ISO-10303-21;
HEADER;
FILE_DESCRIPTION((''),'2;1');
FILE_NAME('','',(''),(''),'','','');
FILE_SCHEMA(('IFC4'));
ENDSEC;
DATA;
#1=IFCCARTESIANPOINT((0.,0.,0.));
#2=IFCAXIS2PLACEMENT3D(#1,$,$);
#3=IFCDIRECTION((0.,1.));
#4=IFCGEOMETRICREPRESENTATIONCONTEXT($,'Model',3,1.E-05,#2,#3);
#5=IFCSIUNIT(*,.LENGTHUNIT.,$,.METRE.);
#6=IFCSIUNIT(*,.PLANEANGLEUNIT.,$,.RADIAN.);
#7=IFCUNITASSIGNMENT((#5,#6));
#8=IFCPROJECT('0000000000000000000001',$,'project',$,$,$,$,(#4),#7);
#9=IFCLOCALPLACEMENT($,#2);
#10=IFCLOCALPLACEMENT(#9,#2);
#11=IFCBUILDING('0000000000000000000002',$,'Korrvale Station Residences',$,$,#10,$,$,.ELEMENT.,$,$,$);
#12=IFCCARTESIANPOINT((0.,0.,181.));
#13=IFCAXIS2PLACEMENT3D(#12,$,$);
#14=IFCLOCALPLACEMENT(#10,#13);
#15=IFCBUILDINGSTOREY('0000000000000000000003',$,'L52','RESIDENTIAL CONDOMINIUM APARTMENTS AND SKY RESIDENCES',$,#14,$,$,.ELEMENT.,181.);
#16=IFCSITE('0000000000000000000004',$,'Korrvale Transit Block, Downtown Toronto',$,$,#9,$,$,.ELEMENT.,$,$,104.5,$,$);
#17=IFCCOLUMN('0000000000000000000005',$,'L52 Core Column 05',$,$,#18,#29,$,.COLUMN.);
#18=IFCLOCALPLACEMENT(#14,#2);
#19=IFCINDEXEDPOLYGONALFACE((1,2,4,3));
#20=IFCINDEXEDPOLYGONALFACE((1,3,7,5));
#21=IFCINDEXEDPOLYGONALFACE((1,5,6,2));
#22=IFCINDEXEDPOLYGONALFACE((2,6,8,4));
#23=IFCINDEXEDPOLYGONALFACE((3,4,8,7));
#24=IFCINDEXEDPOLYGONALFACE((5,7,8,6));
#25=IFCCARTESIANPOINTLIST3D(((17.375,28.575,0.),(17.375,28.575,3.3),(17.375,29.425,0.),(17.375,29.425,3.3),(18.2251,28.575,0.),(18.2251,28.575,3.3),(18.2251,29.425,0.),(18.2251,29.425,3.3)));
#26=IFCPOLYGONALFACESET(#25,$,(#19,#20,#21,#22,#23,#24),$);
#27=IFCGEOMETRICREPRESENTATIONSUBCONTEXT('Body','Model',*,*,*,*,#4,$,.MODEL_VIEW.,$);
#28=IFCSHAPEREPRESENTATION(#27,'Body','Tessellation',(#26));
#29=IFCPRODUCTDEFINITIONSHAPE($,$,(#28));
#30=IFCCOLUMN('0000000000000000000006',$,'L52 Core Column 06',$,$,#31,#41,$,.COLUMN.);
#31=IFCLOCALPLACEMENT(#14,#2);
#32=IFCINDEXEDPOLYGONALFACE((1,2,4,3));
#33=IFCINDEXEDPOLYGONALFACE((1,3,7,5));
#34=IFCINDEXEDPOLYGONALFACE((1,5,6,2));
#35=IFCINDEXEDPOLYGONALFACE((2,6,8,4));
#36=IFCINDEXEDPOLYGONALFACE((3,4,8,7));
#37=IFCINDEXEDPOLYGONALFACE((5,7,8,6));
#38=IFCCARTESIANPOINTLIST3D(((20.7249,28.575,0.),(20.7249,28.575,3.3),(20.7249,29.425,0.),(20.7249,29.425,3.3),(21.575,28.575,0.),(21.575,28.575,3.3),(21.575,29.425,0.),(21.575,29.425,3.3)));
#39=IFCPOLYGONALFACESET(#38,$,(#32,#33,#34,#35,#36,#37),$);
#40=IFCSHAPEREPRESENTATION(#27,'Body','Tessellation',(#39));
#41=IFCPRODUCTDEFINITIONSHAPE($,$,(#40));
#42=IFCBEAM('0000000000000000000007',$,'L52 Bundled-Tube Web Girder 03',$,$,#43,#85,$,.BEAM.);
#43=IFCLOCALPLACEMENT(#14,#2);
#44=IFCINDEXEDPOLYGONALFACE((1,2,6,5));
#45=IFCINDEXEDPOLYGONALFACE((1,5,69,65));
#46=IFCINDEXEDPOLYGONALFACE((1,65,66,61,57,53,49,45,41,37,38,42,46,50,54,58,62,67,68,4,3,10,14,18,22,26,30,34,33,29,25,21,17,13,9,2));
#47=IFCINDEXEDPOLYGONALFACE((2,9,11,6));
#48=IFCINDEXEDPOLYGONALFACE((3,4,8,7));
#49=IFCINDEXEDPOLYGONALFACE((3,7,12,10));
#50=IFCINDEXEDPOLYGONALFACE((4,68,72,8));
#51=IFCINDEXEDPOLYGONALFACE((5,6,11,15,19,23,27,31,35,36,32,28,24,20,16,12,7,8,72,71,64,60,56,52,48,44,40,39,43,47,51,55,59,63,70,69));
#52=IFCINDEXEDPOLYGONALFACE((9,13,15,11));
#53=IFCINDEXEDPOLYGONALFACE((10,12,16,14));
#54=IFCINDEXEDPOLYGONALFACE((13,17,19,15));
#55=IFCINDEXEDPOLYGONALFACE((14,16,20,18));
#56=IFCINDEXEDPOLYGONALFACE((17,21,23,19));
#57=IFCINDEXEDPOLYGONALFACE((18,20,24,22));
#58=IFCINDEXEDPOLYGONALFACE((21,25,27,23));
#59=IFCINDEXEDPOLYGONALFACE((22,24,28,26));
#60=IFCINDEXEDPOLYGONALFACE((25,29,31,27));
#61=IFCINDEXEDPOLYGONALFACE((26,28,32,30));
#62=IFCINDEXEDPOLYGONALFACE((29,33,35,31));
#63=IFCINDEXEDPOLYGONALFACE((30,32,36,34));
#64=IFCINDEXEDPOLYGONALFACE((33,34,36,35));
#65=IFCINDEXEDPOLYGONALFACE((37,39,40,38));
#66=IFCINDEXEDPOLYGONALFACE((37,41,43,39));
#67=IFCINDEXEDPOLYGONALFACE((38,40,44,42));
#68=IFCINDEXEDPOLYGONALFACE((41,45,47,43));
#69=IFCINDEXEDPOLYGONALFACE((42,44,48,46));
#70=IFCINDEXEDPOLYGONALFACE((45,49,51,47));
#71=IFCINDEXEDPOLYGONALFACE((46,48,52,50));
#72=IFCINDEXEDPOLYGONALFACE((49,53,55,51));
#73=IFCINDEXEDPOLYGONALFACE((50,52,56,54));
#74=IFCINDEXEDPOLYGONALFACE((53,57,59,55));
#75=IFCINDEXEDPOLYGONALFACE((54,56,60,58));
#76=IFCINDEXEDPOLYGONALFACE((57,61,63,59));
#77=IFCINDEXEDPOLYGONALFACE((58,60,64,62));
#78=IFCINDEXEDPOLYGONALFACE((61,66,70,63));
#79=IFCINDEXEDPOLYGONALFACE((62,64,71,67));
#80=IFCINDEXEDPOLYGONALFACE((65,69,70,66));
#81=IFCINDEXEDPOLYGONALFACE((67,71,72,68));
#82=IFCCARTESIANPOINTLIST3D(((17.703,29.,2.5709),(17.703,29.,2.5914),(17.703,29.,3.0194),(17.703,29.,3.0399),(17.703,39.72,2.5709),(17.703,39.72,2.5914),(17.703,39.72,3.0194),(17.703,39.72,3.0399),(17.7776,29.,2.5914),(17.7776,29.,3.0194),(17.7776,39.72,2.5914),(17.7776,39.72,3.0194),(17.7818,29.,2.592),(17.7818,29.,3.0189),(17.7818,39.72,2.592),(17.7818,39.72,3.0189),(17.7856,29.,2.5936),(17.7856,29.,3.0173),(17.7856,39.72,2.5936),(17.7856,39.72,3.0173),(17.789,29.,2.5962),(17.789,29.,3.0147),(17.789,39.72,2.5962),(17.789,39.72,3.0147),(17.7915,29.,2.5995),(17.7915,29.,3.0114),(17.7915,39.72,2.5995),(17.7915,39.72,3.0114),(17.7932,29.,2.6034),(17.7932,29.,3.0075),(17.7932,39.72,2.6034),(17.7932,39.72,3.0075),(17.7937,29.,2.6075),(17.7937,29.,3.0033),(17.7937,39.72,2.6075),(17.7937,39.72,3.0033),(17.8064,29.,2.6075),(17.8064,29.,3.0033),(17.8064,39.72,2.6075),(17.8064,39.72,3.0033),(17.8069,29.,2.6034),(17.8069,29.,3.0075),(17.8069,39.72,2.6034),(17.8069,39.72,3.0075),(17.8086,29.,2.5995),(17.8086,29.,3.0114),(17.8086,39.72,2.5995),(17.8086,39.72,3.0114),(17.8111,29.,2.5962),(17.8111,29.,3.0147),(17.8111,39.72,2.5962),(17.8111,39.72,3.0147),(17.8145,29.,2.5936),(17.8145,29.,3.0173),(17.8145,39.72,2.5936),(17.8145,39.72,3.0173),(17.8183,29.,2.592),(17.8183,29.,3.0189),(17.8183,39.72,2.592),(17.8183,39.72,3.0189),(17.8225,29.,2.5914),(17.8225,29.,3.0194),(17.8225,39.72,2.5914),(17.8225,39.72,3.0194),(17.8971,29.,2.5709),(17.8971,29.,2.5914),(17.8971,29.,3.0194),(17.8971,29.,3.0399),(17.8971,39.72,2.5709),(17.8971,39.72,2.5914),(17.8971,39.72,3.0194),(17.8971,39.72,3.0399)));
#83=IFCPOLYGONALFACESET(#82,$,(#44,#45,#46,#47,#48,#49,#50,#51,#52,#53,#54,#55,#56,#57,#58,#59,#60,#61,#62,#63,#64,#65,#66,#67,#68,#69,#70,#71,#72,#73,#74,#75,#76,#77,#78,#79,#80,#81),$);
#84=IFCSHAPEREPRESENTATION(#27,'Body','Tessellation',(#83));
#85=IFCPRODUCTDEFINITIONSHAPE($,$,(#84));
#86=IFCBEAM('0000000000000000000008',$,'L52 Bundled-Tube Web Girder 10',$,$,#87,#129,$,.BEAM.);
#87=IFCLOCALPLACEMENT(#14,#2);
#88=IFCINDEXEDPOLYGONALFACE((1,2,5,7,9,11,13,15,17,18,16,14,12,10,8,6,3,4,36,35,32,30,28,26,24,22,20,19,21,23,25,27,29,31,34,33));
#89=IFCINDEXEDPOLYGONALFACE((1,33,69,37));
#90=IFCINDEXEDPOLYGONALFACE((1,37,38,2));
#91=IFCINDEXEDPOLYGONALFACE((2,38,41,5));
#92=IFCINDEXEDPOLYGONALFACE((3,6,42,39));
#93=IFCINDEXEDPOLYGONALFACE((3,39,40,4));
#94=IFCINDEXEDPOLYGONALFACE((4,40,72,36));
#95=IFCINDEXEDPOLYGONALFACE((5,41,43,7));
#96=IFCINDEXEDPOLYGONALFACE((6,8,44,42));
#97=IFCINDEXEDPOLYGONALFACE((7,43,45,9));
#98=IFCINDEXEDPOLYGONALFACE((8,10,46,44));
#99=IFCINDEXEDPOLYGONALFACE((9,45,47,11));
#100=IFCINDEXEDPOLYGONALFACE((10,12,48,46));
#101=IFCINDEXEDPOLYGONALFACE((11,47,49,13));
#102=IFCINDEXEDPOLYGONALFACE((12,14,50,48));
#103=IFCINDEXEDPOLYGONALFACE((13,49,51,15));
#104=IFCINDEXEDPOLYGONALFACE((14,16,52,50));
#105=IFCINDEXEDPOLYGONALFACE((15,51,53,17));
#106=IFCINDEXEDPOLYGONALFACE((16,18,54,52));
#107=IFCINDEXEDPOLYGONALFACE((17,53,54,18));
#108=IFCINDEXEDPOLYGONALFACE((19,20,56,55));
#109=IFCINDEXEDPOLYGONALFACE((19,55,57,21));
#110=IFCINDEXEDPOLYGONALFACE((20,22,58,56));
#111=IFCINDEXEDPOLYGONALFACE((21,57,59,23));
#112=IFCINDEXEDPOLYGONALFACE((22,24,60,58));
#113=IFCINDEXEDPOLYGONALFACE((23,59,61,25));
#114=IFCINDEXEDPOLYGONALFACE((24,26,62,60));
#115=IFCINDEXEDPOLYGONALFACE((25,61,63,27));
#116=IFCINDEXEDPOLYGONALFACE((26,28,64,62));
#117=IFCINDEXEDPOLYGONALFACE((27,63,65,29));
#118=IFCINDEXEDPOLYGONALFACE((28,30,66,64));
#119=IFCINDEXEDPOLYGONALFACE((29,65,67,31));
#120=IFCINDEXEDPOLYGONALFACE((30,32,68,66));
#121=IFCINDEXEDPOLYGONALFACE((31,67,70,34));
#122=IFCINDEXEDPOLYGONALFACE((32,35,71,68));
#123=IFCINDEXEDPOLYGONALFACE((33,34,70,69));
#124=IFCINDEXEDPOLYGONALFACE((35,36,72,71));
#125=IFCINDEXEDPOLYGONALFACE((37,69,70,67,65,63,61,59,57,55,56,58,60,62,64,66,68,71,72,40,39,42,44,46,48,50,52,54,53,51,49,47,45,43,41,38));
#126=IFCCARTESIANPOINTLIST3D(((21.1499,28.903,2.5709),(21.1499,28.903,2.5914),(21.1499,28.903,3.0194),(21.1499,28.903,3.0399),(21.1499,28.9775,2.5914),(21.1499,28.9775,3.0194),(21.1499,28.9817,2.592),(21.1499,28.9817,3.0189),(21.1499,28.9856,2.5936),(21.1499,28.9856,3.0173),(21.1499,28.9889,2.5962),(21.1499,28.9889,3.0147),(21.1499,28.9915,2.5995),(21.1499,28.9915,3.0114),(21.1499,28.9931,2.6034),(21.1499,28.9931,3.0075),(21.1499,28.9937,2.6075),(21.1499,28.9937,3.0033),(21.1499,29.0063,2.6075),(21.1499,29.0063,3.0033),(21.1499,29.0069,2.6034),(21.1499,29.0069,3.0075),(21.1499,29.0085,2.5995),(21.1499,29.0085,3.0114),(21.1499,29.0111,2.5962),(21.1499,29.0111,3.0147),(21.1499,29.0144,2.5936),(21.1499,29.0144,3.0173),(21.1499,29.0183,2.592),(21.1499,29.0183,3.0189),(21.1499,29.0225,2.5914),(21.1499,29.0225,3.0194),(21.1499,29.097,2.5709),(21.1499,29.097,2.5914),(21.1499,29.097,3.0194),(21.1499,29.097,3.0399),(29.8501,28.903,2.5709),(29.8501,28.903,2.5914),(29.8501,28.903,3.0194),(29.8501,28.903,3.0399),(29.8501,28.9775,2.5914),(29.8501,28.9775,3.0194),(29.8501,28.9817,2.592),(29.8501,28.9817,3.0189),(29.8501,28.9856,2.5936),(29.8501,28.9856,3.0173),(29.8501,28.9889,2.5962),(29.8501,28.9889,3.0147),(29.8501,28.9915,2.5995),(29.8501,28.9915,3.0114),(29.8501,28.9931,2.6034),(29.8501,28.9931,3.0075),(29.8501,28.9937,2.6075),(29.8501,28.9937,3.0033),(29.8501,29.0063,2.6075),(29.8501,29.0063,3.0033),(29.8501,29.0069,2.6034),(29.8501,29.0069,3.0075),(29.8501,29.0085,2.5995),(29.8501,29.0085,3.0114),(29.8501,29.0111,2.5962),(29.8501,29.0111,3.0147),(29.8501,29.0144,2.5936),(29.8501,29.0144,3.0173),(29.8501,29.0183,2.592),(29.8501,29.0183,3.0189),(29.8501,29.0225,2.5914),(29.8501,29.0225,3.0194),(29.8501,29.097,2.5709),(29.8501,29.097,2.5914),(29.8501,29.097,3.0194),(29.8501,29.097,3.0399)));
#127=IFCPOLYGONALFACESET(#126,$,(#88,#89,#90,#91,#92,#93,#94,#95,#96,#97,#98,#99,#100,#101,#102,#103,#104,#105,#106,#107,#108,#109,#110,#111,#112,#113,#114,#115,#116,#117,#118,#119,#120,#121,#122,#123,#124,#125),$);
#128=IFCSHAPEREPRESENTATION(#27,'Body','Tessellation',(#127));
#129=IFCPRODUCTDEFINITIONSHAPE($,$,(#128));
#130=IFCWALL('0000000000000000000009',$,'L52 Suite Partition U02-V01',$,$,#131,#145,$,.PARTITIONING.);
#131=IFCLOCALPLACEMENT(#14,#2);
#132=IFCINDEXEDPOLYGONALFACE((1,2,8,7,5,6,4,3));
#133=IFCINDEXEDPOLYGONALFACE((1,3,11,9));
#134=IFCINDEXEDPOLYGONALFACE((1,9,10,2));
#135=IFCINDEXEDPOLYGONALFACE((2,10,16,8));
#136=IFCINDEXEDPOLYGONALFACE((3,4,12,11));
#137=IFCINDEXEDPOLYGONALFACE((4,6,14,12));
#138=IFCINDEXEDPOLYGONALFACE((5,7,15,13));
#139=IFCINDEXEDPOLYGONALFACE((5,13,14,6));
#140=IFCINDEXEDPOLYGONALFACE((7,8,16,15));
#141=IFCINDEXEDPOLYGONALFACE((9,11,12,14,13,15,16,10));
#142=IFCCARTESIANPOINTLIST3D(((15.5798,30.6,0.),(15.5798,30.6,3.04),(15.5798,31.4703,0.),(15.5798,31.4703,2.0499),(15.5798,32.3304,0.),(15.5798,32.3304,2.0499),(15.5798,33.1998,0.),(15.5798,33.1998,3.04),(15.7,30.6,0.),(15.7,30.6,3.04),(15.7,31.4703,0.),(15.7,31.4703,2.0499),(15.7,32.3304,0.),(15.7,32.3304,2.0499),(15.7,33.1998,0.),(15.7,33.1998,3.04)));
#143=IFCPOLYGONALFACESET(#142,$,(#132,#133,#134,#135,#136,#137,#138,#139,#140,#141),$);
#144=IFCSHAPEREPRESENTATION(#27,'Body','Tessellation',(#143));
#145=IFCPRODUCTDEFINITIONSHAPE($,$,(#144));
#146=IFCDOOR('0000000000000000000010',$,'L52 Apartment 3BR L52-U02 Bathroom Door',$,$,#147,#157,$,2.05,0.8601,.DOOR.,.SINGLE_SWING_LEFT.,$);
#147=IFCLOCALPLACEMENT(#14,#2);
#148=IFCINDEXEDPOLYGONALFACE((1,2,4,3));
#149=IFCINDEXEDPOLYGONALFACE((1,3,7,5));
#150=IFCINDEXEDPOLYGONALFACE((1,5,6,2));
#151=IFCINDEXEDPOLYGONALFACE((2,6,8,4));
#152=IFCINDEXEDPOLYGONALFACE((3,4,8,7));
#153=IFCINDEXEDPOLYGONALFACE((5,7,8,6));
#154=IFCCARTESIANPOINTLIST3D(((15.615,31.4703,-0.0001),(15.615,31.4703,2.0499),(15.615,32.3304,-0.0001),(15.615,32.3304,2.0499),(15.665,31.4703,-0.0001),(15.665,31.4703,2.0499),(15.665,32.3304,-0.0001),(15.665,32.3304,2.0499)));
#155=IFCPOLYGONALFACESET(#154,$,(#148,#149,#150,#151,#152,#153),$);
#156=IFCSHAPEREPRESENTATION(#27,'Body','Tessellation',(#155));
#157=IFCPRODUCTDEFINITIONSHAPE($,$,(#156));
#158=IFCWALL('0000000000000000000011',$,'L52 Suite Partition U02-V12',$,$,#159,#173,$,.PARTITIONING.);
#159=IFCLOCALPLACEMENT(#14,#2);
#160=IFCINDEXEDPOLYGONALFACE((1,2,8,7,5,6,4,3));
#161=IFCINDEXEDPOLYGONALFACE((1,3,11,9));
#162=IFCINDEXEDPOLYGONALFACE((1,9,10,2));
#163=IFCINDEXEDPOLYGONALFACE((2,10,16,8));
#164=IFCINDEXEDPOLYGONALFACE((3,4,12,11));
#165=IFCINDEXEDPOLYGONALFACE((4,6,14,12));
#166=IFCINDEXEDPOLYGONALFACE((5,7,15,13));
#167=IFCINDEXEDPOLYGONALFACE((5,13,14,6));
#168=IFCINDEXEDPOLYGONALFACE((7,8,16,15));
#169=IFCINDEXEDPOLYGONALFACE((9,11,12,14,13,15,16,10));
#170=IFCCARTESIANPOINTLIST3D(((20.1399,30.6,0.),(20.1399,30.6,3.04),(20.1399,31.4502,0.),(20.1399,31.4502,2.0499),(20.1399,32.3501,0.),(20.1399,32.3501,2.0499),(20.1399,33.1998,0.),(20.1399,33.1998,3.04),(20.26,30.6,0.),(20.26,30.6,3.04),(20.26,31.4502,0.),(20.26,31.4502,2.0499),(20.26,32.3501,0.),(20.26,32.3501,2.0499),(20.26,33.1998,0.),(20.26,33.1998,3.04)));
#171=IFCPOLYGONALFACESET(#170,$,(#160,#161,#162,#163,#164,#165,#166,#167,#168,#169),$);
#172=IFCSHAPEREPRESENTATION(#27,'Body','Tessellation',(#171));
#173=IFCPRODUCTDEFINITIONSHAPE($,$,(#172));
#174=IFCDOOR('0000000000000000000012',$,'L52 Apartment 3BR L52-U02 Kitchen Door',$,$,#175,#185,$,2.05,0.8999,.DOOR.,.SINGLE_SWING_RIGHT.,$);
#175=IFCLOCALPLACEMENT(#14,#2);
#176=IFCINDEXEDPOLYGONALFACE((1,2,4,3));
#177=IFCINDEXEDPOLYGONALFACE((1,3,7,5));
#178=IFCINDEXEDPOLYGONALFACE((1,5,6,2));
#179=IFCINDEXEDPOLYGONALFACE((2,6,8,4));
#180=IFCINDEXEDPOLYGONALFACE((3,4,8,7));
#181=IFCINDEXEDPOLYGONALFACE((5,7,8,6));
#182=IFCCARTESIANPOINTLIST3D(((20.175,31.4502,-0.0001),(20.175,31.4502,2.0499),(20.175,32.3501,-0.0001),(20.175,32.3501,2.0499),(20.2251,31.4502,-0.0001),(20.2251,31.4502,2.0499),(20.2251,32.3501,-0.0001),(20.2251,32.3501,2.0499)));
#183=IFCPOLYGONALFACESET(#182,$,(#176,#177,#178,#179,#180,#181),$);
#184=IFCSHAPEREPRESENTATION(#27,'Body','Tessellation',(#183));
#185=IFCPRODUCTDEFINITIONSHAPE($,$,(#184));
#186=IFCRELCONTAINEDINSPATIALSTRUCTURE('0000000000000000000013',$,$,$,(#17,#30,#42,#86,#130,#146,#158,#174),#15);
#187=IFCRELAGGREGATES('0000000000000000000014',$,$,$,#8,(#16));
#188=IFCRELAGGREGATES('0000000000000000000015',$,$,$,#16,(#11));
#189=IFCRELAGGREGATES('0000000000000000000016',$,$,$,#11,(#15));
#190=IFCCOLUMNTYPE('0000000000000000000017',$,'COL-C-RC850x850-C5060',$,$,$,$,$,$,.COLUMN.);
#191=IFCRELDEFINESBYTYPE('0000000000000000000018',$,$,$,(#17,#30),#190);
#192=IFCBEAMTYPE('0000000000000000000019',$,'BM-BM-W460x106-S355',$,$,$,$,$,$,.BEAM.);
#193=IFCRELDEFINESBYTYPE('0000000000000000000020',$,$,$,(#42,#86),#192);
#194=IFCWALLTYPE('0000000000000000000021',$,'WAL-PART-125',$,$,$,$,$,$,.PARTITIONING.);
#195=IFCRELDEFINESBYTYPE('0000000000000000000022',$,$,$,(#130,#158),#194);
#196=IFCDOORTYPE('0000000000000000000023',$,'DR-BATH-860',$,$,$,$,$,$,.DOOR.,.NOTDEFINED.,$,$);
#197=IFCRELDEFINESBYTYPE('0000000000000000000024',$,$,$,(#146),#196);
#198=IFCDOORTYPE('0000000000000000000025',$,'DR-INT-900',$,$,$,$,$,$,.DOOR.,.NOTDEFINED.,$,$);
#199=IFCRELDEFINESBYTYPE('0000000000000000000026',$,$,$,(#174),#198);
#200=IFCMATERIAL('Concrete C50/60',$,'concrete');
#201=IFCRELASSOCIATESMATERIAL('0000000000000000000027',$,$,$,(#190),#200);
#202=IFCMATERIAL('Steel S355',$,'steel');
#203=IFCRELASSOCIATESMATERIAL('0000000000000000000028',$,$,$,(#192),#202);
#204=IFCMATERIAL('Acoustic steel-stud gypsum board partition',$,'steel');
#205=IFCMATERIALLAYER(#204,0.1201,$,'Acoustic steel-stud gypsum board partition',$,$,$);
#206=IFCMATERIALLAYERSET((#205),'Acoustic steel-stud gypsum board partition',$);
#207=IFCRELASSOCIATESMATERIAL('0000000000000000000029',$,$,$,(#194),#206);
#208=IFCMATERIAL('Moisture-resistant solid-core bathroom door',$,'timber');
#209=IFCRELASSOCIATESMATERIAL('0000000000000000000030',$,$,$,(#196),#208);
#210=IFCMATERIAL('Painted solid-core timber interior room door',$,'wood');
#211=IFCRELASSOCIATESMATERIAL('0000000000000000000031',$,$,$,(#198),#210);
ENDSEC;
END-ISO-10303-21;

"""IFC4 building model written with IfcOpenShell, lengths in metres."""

from ifc_helpers import new_model, si_unit, direction, frame, frame_2d, origin, origin_2d, place, context, subcontext, project, spatial, rectangle, i_section, extrude, material, layer, layer_set, material_profile, profile_set, type_object, element, fill, save


model = new_model("IFC4")

# Units and contexts
model_context = context("Model", 3, precision=1e-05, world=origin(), true_north=direction((0.0, 1.0)))
body_context = subcontext(model_context, "Body", "Model", "MODEL_VIEW")
ifc_project = project(units=[si_unit("LENGTHUNIT", "METRE"), si_unit("PLANEANGLEUNIT", "RADIAN")], contexts=[model_context])

# Site, building, storey
site_placement = place(None, origin())
site = spatial("IfcSite", under=ifc_project, at=site_placement, Name="Korrvale Transit Block, Downtown Toronto", CompositionType="ELEMENT", RefElevation=104.5)
building_placement = place(site_placement, origin())
building = spatial("IfcBuilding", under=site, at=building_placement, Name="Korrvale Station Residences", CompositionType="ELEMENT")
storey_placement = place(building_placement, frame((0.0, 0.0, 181.0)))
storey = spatial("IfcBuildingStorey", under=building, at=storey_placement, Name="L52", Description="RESIDENTIAL CONDOMINIUM APARTMENTS AND SKY RESIDENCES", CompositionType="ELEMENT", Elevation=181.0)

# Columns
ifc_material_1 = material(Name="Concrete C50/60", Category="concrete")
ifc_material_profile_1 = material_profile(ifc_material_1, rectangle(XDim=0.8501, YDim=0.8501, at=origin_2d()), Name="RC850x850")
ifc_profile_set_1 = profile_set([ifc_material_profile_1], Name="Concrete C50/60")
column_type = type_object("IfcColumnType", Name="COL-C-RC850x850-C5060", PredefinedType="COLUMN", material=ifc_profile_set_1)
for number, where, z_axis, x_axis, name in (
    (1, (17.8, 29.0, 0.0), (0.0, 0.0, 1.0), (1.0, 0.0, 0.0), "L52 Core Column 05"),
    (2, (21.1499, 29.0, 0.0), (0.0, 0.0, 1.0), (1.0, 0.0, 0.0), "L52 Core Column 06"),
):
    element("IfcColumn", number, at=place(storey_placement, frame(where, z_axis=z_axis, x_axis=x_axis)), inside=storey, type_object=column_type, Name=name, PredefinedType="COLUMN", context=body_context, shape_type="SweptSolid", body=[
        extrude(rectangle(XDim=0.8501, YDim=0.8501, at=origin_2d()), origin(), (0.0, 0.0, 1.0), 3.3),
    ])

# Beams
ifc_material_2 = material(Name="Steel S355", Category="steel")
ifc_material_profile_2 = material_profile(ifc_material_2, i_section(OverallWidth=0.1941, OverallDepth=0.469, WebThickness=0.0127, FlangeThickness=0.0205, FilletRadius=0.0161, at=origin_2d()), Name="W460x106")
ifc_profile_set_2 = profile_set([ifc_material_profile_2], Name="Steel S355")
beam_type = type_object("IfcBeamType", Name="BM-BM-W460x106-S355", PredefinedType="BEAM", material=ifc_profile_set_2)
beam_1_placement = place(storey_placement, frame((17.8, 29.0, 2.8054), z_axis=(0.0, 1.0, 0.0), x_axis=(-1.0, 0.0, 0.0)))
element("IfcBeam", 3, at=beam_1_placement, inside=storey, type_object=beam_type, Name="L52 Bundled-Tube Web Girder 03", PredefinedType="BEAM", context=body_context, shape_type="SweptSolid", body=[
    extrude(i_section(OverallWidth=0.1941, OverallDepth=0.469, WebThickness=0.0127, FlangeThickness=0.0205, FilletRadius=0.0161, at=origin_2d()), origin(), (0.0, 0.0, 1.0), 10.72),
])
beam_2_placement = place(storey_placement, frame((21.1499, 29.0, 2.8054), z_axis=(1.0, 0.0, 0.0), x_axis=(0.0, 1.0, 0.0)))
element("IfcBeam", 4, at=beam_2_placement, inside=storey, type_object=beam_type, Name="L52 Bundled-Tube Web Girder 10", PredefinedType="BEAM", context=body_context, shape_type="SweptSolid", body=[
    extrude(i_section(OverallWidth=0.1941, OverallDepth=0.469, WebThickness=0.0127, FlangeThickness=0.0205, FilletRadius=0.0161, at=origin_2d()), origin(), (0.0, 0.0, 1.0), 8.7002),
])

# Walls, openings, doors
ifc_material_3 = material(Name="Acoustic steel-stud gypsum board partition", Category="steel")
ifc_layer_1 = layer(ifc_material_3, 0.1201, Name="Acoustic steel-stud gypsum board partition")
ifc_layer_set_1 = layer_set([ifc_layer_1], Name="Acoustic steel-stud gypsum board partition")
wall_type_1 = type_object("IfcWallType", Name="WAL-PART-125", PredefinedType="PARTITIONING", material=ifc_layer_set_1)
wall_1_placement = place(storey_placement, frame((15.6399, 30.6001, 0.0), z_axis=(0.0, 0.0, 1.0), x_axis=(0.0, 1.0, 0.0)))
wall_1 = element("IfcWall", 5, at=wall_1_placement, inside=storey, type_object=wall_type_1, Name="L52 Suite Partition U02-V01", PredefinedType="PARTITIONING", context=body_context, shape_type="SweptSolid", body=[
    extrude(rectangle(XDim=2.5999, YDim=0.1201, at=frame_2d((1.2998, 0.0))), origin(), (0.0, 0.0, 1.0), 3.04),
])
opening_1_placement = place(wall_1_placement, frame((0.8701, 0.0, 0.0)))
opening_1 = element("IfcOpeningElement", 6, at=opening_1_placement, cuts=wall_1, PredefinedType="OPENING", context=body_context, shape_type="SweptSolid", body=[
    extrude(rectangle(XDim=0.8601, YDim=2.05, at=frame_2d((0.4302, 1.0249))), frame((0.0, 0.0701, 0.0), z_axis=(0.0, -1.0, 0.0), x_axis=(1.0, 0.0, 0.0)), (0.0, 0.0, 1.0), 0.1401),
])
ifc_material_4 = material(Name="Moisture-resistant solid-core bathroom door", Category="timber")
door_type_1 = type_object("IfcDoorType", Name="DR-BATH-860", OperationType="NOTDEFINED", PredefinedType="DOOR", material=ifc_material_4)
door_1_placement = place(opening_1_placement, origin())
door_1 = element("IfcDoor", 7, at=door_1_placement, inside=storey, type_object=door_type_1, Name="L52 Apartment 3BR L52-U02 Bathroom Door", OperationType="SINGLE_SWING_LEFT", OverallHeight=2.05, OverallWidth=0.8601, PredefinedType="DOOR", context=body_context, shape_type="SweptSolid", body=[
    extrude(rectangle(XDim=0.8601, YDim=2.05, at=frame_2d((0.4302, 1.0249))), frame((0.0, 0.0249, 0.0), z_axis=(0.0, -1.0, 0.0), x_axis=(1.0, 0.0, 0.0)), (0.0, 0.0, 1.0), 0.05),
])
fill(opening_1, door_1)
wall_2_placement = place(storey_placement, frame((20.2, 30.6001, 0.0), z_axis=(0.0, 0.0, 1.0), x_axis=(0.0, 1.0, 0.0)))
wall_2 = element("IfcWall", 8, at=wall_2_placement, inside=storey, type_object=wall_type_1, Name="L52 Suite Partition U02-V12", PredefinedType="PARTITIONING", context=body_context, shape_type="SweptSolid", body=[
    extrude(rectangle(XDim=2.5999, YDim=0.1201, at=frame_2d((1.2998, 0.0))), origin(), (0.0, 0.0, 1.0), 3.04),
])
opening_2_placement = place(wall_2_placement, frame((0.8501, 0.0, 0.0)))
opening_2 = element("IfcOpeningElement", 9, at=opening_2_placement, cuts=wall_2, PredefinedType="OPENING", context=body_context, shape_type="SweptSolid", body=[
    extrude(rectangle(XDim=0.8999, YDim=2.05, at=frame_2d((0.45, 1.0249))), frame((0.0, 0.0701, 0.0), z_axis=(0.0, -1.0, 0.0), x_axis=(1.0, 0.0, 0.0)), (0.0, 0.0, 1.0), 0.1401),
])
ifc_material_5 = material(Name="Painted solid-core timber interior room door", Category="wood")
door_type_2 = type_object("IfcDoorType", Name="DR-INT-900", OperationType="NOTDEFINED", PredefinedType="DOOR", material=ifc_material_5)
door_2_placement = place(opening_2_placement, origin())
door_2 = element("IfcDoor", 10, at=door_2_placement, inside=storey, type_object=door_type_2, Name="L52 Apartment 3BR L52-U02 Kitchen Door", OperationType="SINGLE_SWING_RIGHT", OverallHeight=2.05, OverallWidth=0.8999, PredefinedType="DOOR", context=body_context, shape_type="SweptSolid", body=[
    extrude(rectangle(XDim=0.8999, YDim=2.05, at=frame_2d((0.45, 1.0249))), frame((0.0, 0.0249, 0.0), z_axis=(0.0, -1.0, 0.0), x_axis=(1.0, 0.0, 0.0)), (0.0, 0.0, 1.0), 0.05),
])
fill(opening_2, door_2)

save(model, "model.ifc")
